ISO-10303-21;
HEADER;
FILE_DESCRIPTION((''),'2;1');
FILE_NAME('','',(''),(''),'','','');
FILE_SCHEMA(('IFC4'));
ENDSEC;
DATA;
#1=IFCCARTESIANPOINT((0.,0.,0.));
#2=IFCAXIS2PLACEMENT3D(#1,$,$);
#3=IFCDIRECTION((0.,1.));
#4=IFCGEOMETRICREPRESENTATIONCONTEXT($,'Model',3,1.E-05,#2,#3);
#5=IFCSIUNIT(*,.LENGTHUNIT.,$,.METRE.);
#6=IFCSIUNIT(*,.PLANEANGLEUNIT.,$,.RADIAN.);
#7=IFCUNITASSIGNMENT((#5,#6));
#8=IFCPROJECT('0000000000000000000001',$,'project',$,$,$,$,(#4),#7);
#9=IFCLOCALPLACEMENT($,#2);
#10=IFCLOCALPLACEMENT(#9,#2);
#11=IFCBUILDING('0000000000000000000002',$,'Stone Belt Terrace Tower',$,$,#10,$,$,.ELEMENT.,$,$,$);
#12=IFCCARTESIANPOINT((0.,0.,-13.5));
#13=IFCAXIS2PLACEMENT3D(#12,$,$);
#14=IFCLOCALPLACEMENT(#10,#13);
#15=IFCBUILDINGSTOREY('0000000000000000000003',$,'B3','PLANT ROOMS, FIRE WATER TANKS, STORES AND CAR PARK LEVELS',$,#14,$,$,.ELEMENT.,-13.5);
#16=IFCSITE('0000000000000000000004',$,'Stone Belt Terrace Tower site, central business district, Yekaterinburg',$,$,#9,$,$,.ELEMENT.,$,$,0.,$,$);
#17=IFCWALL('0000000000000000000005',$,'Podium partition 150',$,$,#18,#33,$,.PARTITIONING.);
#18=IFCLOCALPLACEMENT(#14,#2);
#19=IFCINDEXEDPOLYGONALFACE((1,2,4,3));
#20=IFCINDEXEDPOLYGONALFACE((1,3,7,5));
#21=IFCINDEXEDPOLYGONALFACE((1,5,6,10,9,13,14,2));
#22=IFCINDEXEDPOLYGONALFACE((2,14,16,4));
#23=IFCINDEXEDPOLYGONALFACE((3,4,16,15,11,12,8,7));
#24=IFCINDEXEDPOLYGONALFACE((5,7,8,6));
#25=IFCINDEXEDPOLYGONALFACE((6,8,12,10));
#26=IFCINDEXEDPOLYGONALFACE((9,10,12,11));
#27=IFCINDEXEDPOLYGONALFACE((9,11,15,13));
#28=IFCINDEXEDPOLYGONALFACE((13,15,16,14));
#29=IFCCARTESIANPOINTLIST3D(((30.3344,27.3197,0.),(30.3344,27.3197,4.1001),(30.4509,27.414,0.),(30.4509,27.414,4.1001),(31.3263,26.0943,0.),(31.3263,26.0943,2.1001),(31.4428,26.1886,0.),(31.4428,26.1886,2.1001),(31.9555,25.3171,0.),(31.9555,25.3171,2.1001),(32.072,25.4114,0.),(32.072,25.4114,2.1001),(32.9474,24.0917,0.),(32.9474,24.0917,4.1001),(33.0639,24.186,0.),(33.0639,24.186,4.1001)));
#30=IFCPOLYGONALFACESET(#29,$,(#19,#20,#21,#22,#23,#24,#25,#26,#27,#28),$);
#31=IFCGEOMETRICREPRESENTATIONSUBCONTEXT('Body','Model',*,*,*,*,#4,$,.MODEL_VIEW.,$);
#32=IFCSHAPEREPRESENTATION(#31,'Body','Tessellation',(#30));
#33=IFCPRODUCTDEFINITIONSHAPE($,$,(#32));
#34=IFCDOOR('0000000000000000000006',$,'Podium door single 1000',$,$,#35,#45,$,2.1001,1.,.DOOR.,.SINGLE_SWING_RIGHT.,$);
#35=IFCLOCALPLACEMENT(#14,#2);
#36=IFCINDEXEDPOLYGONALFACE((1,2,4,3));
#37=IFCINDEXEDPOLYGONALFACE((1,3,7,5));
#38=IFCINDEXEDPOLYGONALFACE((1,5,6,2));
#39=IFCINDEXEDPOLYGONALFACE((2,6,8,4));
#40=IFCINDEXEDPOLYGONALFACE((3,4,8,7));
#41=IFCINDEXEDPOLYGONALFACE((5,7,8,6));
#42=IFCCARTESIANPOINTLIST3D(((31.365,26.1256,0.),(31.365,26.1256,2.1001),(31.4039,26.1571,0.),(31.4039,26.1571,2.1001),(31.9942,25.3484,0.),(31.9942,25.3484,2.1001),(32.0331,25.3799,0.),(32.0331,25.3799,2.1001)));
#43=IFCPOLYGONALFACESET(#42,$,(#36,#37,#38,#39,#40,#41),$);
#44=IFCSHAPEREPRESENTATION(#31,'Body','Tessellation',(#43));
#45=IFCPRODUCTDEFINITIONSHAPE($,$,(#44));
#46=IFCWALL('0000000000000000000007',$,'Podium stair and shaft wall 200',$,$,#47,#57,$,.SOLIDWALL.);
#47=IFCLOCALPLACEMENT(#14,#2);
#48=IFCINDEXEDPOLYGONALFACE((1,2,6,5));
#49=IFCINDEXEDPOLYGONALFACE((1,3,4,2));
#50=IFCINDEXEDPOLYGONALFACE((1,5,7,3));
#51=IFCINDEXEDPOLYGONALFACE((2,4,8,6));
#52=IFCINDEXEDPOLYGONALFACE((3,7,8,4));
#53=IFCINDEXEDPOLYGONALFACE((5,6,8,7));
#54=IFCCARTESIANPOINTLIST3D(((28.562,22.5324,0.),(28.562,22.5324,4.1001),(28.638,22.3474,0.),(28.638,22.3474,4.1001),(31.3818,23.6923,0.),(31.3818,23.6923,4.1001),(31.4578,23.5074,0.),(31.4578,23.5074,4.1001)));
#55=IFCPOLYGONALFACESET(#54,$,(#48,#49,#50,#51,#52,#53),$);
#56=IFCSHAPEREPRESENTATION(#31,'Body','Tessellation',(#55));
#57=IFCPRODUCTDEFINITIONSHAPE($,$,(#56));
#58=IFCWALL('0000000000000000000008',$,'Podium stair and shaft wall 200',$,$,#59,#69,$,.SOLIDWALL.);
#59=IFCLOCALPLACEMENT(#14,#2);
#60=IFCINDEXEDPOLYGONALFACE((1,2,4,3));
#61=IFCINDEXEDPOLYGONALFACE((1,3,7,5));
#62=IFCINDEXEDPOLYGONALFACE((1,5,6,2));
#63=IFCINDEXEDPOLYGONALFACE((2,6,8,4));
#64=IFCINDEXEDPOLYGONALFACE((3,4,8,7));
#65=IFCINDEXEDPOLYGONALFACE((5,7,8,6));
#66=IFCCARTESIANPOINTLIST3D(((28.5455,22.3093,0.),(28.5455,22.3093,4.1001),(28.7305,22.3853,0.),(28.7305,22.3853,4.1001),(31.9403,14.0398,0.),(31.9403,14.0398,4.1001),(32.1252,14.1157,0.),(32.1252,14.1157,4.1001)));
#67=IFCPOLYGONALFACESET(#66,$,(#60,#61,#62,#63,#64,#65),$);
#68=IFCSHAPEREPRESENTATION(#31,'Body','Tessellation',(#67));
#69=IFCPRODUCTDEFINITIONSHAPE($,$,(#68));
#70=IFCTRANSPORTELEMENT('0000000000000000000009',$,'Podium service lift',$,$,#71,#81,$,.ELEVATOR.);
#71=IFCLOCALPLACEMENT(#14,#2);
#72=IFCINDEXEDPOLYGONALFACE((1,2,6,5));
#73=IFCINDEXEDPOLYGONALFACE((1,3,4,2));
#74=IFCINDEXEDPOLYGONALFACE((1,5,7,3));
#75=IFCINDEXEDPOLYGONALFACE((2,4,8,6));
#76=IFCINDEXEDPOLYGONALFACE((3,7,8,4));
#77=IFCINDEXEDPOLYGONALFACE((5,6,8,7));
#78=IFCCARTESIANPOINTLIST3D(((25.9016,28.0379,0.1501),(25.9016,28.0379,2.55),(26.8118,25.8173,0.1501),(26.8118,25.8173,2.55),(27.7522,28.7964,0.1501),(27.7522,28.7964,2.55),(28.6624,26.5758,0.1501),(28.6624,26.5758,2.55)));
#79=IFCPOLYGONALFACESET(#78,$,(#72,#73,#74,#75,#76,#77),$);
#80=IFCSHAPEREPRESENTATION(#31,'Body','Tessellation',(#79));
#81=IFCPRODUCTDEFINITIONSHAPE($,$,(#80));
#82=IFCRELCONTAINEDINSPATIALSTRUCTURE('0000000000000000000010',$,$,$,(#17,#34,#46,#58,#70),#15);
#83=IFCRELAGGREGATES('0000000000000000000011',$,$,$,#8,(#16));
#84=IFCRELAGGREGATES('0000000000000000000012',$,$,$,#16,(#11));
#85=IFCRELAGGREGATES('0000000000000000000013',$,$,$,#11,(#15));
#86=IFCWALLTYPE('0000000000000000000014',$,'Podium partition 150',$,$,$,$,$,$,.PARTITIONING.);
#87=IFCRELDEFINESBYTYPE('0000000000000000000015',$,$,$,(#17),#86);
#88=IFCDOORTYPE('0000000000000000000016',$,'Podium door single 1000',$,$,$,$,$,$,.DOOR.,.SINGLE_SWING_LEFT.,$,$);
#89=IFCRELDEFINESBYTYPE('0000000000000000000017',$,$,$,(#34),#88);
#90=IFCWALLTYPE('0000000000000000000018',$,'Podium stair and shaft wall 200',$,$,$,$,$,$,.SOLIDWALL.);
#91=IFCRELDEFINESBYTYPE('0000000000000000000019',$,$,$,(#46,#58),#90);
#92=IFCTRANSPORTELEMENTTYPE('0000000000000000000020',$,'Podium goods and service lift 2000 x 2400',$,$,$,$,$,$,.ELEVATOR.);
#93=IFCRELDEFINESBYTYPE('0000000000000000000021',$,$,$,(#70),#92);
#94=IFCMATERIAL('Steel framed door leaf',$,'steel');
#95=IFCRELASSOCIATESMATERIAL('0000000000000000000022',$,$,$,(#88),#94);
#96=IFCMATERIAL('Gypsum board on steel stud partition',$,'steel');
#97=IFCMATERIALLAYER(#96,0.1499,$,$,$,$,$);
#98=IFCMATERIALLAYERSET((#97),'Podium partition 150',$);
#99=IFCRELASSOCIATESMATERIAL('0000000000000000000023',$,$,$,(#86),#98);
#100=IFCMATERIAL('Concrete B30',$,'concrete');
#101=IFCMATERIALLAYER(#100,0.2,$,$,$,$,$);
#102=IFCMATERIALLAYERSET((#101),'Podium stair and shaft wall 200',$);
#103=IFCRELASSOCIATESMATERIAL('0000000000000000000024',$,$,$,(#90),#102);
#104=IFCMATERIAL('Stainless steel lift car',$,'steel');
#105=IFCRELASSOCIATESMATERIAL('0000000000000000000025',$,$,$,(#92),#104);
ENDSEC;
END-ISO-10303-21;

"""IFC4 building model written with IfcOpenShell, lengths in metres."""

from ifc_helpers import new_model, si_unit, direction, frame, frame_2d, origin, origin_2d, place, context, subcontext, project, spatial, rectangle, extrude, material, layer, layer_set, type_object, element, fill, save


model = new_model("IFC4")

# Units and contexts
model_context = context("Model", 3, precision=1e-05, world=origin(), true_north=direction((0.0, 1.0)))
body_context = subcontext(model_context, "Body", "Model", "MODEL_VIEW")
ifc_project = project(units=[si_unit("LENGTHUNIT", "METRE"), si_unit("PLANEANGLEUNIT", "RADIAN")], contexts=[model_context])

# Site, building, storey
site_placement = place(None, origin())
site = spatial("IfcSite", under=ifc_project, at=site_placement, Name="Stone Belt Terrace Tower site, central business district, Yekaterinburg", CompositionType="ELEMENT", RefElevation=0.0)
building_placement = place(site_placement, origin())
building = spatial("IfcBuilding", under=site, at=building_placement, Name="Stone Belt Terrace Tower", CompositionType="ELEMENT")
storey_placement = place(building_placement, frame((0.0, 0.0, -13.5)))
storey = spatial("IfcBuildingStorey", under=building, at=storey_placement, Name="B3", Description="PLANT ROOMS, FIRE WATER TANKS, STORES AND CAR PARK LEVELS", CompositionType="ELEMENT", Elevation=-13.5)

# Shared definitions
ifc_material_1 = material(Name="Steel framed door leaf", Category="steel")
door_type_1 = type_object("IfcDoorType", Name="Podium door single 1000", OperationType="SINGLE_SWING_LEFT", PredefinedType="DOOR", material=ifc_material_1)

# Shared definitions
ifc_material_2 = material(Name="Gypsum board on steel stud partition", Category="steel")
ifc_layer_1 = layer(ifc_material_2, 0.1499)
ifc_layer_set_1 = layer_set([ifc_layer_1], Name="Podium partition 150")
wall_type_1 = type_object("IfcWallType", Name="Podium partition 150", PredefinedType="PARTITIONING", material=ifc_layer_set_1)

# Wall, opening, door
wall_1_placement = place(storey_placement, frame((30.3926, 27.3669, 0.0), z_axis=(0.0, 0.0, 1.0), x_axis=(0.62918, -0.77726, 0.0)))
wall_1 = element("IfcWall", 1, at=wall_1_placement, inside=storey, type_object=wall_type_1, Name="Podium partition 150", PredefinedType="PARTITIONING", context=body_context, shape_type="SweptSolid", body=[
    extrude(rectangle(XDim=4.1531, YDim=0.1499, at=frame_2d((2.0767, 0.0))), origin(), (0.0, 0.0, 1.0), 4.1001),
])
opening_1_placement = place(wall_1_placement, frame((1.5767, 0.0, 0.0)))
opening_1 = element("IfcOpeningElement", 2, at=opening_1_placement, cuts=wall_1, PredefinedType="OPENING", context=body_context, shape_type="SweptSolid", body=[
    extrude(rectangle(XDim=1.0, YDim=2.1001, at=frame_2d((0.5, 1.05))), frame((0.0, 0.085, 0.0), z_axis=(0.0, -1.0, 0.0), x_axis=(1.0, 0.0, 0.0)), (0.0, 0.0, 1.0), 0.1699),
])
door_1_placement = place(opening_1_placement, origin())
door_1 = element("IfcDoor", 3, at=door_1_placement, inside=storey, type_object=door_type_1, Name="Podium door single 1000", OperationType="SINGLE_SWING_RIGHT", OverallHeight=2.1001, OverallWidth=1.0, PredefinedType="DOOR", context=body_context, shape_type="SweptSolid", body=[
    extrude(rectangle(XDim=1.0, YDim=2.1001, at=frame_2d((0.5, 1.05))), frame((0.0, 0.0249, 0.0), z_axis=(0.0, -1.0, 0.0), x_axis=(1.0, 0.0, 0.0)), (0.0, 0.0, 1.0), 0.05),
])
fill(opening_1, door_1)

# Walls
ifc_material_3 = material(Name="Concrete B30", Category="concrete")
ifc_layer_2 = layer(ifc_material_3, 0.2)
ifc_layer_set_2 = layer_set([ifc_layer_2], Name="Podium stair and shaft wall 200")
wall_type_2 = type_object("IfcWallType", Name="Podium stair and shaft wall 200", PredefinedType="SOLIDWALL", material=ifc_layer_set_2)
wall_2_placement = place(storey_placement, frame((28.6001, 22.4399, 0.0), z_axis=(0.0, 0.0, 1.0), x_axis=(0.924816, 0.380416, 0.0)))
element("IfcWall", 4, at=wall_2_placement, inside=storey, type_object=wall_type_2, Name="Podium stair and shaft wall 200", PredefinedType="SOLIDWALL", context=body_context, shape_type="SweptSolid", body=[
    extrude(rectangle(XDim=3.0491, YDim=0.2, at=frame_2d((1.5244, 0.0))), origin(), (0.0, 0.0, 1.0), 4.1001),
])
wall_3_placement = place(storey_placement, frame((28.6379, 22.3474, 0.0), z_axis=(0.0, 0.0, 1.0), x_axis=(0.379762, -0.925084, 0.0)))
element("IfcWall", 5, at=wall_3_placement, inside=storey, type_object=wall_type_2, Name="Podium stair and shaft wall 200", PredefinedType="SOLIDWALL", context=body_context, shape_type="SweptSolid", body=[
    extrude(rectangle(XDim=8.9392, YDim=0.2, at=frame_2d((4.4697, 0.0))), origin(), (0.0, 0.0, 1.0), 4.1001),
])

# Transport element
ifc_material_4 = material(Name="Stainless steel lift car", Category="steel")
transport_element_type = type_object("IfcTransportElementType", Name="Podium goods and service lift 2000 x 2400", PredefinedType="ELEVATOR", material=ifc_material_4)
transport_element_placement = place(storey_placement, frame((27.282, 27.3069, 0.1501), z_axis=(0.0, 0.0, 1.0), x_axis=(-0.379246, 0.925296, 0.0)))
element("IfcTransportElement", 6, at=transport_element_placement, inside=storey, type_object=transport_element_type, Name="Podium service lift", PredefinedType="ELEVATOR", context=body_context, shape_type="SweptSolid", body=[
    extrude(rectangle(XDim=2.3999, YDim=2.0, at=origin_2d()), origin(), (0.0, 0.0, 1.0), 2.3999),
])

save(model, "model.ifc")
